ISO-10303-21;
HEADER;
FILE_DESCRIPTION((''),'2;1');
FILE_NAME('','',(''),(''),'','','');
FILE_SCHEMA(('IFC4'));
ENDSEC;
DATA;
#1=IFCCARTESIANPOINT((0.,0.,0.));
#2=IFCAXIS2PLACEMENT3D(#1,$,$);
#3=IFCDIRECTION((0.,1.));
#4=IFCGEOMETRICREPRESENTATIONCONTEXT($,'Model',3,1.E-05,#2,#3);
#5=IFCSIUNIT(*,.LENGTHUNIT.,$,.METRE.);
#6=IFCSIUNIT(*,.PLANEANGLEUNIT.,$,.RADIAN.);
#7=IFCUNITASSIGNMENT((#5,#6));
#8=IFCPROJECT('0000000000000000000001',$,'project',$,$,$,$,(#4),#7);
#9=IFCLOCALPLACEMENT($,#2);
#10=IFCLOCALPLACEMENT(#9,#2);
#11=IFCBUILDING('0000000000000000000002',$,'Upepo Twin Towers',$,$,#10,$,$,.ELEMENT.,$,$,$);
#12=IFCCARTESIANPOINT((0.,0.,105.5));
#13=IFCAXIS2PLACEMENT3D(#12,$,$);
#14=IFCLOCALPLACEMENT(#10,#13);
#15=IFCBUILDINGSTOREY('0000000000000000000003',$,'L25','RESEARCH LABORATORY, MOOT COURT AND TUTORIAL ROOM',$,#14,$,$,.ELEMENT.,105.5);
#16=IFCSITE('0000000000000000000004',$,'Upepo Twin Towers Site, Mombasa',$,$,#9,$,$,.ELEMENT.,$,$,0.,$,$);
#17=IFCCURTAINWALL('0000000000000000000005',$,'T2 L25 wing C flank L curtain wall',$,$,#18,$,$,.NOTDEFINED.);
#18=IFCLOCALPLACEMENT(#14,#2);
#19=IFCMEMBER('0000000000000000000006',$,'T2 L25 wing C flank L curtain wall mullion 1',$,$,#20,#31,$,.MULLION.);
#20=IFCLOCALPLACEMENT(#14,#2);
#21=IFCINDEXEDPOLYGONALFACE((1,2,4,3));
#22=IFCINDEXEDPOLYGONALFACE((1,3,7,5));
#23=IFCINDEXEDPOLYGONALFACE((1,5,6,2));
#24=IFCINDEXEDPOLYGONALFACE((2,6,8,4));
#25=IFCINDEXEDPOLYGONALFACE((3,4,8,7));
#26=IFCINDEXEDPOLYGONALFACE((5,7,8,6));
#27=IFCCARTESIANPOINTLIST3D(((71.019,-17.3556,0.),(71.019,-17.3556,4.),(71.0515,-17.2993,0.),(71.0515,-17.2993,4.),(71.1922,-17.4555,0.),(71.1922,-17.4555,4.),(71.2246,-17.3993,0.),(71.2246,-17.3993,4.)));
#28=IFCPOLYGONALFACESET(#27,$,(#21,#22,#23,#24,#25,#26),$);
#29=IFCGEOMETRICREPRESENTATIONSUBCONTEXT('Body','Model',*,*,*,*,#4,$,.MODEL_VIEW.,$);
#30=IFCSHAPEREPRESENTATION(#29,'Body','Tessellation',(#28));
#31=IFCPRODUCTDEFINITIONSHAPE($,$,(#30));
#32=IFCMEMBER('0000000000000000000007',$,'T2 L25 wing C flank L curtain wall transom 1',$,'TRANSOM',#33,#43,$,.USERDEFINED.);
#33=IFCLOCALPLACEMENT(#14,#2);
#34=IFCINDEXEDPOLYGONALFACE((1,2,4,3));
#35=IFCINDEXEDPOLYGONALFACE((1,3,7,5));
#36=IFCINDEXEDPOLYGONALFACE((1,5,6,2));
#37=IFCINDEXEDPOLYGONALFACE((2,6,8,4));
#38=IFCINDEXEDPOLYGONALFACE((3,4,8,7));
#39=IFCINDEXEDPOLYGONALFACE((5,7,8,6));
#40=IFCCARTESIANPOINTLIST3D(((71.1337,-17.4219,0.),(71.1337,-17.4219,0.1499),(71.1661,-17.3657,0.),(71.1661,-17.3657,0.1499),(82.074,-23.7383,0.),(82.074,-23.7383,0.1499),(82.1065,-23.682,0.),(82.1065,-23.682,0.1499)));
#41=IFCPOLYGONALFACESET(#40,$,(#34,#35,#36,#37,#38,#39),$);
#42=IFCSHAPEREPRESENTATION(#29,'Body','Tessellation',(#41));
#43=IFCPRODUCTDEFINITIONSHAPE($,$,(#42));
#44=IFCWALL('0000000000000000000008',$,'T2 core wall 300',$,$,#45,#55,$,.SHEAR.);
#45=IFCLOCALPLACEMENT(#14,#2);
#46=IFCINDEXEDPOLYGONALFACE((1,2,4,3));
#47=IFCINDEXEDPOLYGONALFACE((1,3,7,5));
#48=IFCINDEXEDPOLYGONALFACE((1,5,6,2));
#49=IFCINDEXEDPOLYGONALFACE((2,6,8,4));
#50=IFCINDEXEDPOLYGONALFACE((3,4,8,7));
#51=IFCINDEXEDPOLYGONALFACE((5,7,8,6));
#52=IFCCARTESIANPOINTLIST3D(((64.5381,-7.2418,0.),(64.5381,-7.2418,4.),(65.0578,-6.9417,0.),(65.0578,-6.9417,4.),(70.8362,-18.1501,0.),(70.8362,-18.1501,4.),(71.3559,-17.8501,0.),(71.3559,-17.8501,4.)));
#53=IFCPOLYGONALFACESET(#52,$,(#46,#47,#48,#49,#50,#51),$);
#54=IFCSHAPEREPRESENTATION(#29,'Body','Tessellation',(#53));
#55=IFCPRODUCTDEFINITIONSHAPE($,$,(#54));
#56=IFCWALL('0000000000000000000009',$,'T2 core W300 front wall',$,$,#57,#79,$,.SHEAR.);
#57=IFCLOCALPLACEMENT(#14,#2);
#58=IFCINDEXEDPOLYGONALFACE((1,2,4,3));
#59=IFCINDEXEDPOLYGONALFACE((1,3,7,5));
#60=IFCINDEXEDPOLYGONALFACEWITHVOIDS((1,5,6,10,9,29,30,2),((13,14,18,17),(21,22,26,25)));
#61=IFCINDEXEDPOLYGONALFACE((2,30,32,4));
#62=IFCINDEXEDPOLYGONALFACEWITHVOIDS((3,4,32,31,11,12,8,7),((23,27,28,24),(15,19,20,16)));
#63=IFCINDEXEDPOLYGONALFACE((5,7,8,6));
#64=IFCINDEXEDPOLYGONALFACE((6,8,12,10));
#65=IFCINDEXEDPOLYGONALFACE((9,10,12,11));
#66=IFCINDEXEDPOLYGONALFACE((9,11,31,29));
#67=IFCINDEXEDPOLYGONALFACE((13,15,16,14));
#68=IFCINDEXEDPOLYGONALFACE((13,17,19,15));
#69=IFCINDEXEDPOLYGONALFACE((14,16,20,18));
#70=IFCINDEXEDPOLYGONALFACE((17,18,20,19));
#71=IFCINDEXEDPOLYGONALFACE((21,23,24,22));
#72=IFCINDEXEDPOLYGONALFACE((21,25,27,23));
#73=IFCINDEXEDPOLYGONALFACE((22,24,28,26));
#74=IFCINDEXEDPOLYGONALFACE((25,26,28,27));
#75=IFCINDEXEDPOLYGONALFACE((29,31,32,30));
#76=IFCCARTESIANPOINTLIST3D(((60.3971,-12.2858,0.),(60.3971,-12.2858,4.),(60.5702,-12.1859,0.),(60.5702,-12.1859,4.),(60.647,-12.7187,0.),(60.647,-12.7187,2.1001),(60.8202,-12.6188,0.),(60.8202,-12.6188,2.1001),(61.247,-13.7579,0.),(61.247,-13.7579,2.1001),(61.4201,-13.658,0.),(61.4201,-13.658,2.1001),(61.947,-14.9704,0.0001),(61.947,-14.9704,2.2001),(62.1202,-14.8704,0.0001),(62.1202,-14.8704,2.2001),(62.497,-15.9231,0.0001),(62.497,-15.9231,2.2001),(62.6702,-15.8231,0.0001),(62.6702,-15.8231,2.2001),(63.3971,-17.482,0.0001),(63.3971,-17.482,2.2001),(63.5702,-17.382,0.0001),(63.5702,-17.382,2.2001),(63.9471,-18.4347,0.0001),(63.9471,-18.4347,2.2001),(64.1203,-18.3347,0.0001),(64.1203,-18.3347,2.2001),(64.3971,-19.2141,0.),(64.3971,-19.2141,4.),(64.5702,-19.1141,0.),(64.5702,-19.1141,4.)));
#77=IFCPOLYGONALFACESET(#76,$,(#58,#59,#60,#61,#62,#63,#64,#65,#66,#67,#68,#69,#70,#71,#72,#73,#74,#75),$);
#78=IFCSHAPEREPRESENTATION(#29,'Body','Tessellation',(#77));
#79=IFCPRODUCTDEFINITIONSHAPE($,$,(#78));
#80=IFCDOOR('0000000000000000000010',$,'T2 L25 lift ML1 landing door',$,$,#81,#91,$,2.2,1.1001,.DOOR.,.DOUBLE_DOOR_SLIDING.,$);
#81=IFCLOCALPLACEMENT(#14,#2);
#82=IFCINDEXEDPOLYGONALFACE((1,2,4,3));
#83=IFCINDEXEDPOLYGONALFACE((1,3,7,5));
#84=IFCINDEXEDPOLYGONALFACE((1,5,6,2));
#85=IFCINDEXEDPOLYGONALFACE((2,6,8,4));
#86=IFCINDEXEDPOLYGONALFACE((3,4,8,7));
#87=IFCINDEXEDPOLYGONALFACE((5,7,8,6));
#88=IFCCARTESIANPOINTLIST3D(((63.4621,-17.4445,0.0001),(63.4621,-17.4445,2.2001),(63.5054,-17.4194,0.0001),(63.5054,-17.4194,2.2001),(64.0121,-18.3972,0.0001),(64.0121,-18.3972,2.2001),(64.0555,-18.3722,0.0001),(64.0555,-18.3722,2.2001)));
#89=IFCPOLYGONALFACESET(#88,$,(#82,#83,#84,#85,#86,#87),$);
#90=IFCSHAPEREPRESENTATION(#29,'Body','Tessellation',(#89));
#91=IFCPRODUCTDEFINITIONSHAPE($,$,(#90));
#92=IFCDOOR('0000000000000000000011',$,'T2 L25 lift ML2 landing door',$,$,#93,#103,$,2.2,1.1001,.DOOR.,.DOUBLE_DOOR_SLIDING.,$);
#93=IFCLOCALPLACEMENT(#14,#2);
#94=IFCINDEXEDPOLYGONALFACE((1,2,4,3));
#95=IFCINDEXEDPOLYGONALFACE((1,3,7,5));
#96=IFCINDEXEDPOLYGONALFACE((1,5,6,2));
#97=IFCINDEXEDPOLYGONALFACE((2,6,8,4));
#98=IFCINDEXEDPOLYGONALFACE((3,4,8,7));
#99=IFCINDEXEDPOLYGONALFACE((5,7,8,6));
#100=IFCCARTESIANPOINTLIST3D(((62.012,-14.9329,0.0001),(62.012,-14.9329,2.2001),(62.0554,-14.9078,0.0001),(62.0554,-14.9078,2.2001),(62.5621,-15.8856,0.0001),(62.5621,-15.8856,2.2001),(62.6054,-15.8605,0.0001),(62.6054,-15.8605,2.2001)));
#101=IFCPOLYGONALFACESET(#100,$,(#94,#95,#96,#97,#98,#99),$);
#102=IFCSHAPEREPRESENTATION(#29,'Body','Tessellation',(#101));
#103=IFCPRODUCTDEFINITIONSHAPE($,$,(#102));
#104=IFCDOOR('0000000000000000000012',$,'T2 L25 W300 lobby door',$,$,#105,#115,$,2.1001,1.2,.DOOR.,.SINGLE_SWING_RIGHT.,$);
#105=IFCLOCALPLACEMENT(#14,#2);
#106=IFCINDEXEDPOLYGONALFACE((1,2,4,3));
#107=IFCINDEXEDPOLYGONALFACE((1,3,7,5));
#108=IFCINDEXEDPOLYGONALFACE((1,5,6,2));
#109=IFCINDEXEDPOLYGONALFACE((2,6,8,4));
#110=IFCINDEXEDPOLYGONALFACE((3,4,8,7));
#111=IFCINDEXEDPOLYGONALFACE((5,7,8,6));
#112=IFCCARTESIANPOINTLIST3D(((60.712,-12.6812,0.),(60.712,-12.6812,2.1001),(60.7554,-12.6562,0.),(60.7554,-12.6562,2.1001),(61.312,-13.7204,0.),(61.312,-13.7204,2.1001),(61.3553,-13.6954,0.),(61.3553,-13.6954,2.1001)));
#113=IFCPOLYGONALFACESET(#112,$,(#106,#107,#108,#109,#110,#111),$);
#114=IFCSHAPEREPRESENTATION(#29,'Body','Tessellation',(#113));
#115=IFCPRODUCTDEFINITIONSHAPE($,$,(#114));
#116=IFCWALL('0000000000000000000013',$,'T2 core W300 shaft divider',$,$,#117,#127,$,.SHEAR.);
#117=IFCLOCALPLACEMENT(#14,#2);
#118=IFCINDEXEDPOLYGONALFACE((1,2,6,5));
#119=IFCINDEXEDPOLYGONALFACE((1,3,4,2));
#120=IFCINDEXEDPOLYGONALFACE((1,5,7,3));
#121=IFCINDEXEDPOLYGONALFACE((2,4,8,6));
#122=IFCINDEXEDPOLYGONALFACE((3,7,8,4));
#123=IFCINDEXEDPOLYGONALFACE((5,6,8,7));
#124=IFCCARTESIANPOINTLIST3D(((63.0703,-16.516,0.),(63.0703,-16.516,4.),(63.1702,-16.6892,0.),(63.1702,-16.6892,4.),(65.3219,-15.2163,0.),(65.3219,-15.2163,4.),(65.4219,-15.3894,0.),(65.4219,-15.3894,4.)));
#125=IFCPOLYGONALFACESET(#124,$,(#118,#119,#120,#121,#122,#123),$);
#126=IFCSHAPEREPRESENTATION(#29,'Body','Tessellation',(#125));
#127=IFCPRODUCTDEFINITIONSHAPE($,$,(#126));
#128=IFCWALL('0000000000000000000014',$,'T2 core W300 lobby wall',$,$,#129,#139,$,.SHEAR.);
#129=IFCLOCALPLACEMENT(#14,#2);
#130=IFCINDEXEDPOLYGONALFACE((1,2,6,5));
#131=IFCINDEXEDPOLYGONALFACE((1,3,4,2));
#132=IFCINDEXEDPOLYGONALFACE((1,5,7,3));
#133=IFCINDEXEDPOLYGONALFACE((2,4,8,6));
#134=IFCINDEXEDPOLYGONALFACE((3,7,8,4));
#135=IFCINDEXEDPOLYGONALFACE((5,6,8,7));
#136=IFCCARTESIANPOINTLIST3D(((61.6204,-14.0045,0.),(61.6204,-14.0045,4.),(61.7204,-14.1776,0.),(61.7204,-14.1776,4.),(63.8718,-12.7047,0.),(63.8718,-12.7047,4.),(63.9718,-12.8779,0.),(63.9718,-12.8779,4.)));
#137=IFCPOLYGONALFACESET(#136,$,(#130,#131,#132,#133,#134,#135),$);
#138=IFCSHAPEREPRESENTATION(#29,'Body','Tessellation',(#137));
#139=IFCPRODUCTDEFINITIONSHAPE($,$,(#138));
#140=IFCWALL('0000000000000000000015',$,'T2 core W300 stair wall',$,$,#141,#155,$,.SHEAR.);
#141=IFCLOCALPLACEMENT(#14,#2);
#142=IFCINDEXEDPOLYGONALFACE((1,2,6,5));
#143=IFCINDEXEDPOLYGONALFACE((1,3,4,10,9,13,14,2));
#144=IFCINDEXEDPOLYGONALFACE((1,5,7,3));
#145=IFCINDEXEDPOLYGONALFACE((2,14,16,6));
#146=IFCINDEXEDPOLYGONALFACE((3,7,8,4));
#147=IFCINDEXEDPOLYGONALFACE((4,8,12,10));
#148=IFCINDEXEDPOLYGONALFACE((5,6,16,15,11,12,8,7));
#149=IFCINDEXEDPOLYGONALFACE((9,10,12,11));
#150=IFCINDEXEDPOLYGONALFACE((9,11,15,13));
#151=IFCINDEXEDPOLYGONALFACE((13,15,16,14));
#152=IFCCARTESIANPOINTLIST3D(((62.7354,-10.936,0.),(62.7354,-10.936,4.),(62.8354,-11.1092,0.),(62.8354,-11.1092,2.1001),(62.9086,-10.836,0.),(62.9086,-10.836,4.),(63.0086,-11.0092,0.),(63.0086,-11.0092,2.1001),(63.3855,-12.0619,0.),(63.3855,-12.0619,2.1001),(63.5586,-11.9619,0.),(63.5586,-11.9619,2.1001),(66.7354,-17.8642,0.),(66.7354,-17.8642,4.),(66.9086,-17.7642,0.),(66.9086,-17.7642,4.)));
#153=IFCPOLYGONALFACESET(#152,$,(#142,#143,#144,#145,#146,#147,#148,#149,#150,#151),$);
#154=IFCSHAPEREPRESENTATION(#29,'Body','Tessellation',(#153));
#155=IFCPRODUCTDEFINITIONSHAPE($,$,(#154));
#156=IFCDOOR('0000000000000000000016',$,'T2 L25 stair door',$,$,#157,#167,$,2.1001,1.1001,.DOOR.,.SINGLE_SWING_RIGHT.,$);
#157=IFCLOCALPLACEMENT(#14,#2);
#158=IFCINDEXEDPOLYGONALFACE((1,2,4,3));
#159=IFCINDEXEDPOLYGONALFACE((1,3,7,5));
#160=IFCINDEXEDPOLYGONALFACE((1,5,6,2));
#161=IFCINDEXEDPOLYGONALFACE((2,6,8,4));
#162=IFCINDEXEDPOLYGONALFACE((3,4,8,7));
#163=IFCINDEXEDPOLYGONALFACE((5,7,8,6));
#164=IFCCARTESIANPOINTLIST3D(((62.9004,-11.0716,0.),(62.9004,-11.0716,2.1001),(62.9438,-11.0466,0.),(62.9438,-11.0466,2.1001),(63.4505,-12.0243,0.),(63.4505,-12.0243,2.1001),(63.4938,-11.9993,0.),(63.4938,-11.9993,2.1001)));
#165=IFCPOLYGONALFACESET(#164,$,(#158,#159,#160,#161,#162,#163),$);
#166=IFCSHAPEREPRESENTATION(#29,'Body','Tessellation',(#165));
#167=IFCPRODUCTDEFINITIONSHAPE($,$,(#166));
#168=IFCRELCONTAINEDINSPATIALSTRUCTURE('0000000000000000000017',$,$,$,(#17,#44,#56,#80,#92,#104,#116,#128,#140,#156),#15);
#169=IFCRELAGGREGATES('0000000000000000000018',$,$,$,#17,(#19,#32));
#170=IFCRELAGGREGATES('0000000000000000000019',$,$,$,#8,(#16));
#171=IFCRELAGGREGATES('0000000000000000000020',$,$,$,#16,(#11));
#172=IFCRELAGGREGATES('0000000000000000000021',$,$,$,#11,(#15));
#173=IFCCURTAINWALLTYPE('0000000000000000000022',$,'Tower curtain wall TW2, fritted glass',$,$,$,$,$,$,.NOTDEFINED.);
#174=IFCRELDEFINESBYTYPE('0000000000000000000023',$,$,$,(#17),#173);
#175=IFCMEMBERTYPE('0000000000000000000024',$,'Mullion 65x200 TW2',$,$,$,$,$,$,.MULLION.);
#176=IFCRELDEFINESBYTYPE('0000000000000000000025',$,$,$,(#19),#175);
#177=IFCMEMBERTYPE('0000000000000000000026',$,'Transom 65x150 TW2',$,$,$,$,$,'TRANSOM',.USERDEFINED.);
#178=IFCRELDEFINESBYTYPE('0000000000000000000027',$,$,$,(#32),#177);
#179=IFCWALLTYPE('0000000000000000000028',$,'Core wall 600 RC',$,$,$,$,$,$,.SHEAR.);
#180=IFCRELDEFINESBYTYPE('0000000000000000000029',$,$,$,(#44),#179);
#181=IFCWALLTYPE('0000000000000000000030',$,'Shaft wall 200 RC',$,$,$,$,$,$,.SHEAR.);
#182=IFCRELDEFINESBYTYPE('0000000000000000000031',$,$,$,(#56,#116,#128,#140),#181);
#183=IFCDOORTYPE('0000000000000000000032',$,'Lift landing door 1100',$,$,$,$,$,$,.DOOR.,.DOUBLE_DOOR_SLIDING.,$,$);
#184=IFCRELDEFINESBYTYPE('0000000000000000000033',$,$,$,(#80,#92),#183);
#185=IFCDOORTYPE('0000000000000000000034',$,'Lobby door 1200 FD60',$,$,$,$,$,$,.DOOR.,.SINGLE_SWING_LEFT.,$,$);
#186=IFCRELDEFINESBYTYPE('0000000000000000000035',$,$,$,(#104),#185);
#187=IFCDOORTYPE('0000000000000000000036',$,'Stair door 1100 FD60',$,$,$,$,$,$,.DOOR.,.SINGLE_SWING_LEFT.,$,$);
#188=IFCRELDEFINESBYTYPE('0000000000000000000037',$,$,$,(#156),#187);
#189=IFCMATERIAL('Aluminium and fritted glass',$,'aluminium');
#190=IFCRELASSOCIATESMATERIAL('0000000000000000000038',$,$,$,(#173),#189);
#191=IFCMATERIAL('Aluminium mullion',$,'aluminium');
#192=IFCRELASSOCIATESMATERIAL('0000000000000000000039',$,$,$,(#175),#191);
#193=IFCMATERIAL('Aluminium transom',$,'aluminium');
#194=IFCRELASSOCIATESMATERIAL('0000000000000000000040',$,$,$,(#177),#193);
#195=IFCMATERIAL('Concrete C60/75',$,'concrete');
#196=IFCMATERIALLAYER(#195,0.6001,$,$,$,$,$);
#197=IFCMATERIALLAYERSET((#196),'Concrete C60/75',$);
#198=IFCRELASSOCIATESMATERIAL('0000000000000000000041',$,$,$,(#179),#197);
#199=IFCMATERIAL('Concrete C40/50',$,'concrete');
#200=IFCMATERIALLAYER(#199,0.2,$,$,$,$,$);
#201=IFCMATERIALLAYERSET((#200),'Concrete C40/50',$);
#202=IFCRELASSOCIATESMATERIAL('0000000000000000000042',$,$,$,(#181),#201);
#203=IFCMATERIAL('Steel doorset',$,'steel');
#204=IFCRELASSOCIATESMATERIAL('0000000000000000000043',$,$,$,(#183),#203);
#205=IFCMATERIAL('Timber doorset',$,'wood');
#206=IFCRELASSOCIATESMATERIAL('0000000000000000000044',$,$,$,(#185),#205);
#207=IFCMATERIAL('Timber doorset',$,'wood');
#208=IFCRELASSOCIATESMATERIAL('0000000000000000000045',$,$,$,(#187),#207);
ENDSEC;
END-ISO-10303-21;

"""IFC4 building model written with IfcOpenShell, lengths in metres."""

from ifc_helpers import new_model, si_unit, direction, frame, frame_2d, origin, origin_2d, place, context, subcontext, project, spatial, rectangle, extrude, material, layer, layer_set, material_profile, profile_set, type_object, element, fill, aggregate, save


model = new_model("IFC4")

# Units and contexts
model_context = context("Model", 3, precision=1e-05, world=origin(), true_north=direction((0.0, 1.0)))
body_context = subcontext(model_context, "Body", "Model", "MODEL_VIEW")
ifc_project = project(units=[si_unit("LENGTHUNIT", "METRE"), si_unit("PLANEANGLEUNIT", "RADIAN")], contexts=[model_context])

# Site, building, storey
site_placement = place(None, origin())
site = spatial("IfcSite", under=ifc_project, at=site_placement, Name="Upepo Twin Towers Site, Mombasa", CompositionType="ELEMENT", RefElevation=0.0)
building_placement = place(site_placement, origin())
building = spatial("IfcBuilding", under=site, at=building_placement, Name="Upepo Twin Towers", CompositionType="ELEMENT")
storey_placement = place(building_placement, frame((0.0, 0.0, 105.5)))
storey = spatial("IfcBuildingStorey", under=building, at=storey_placement, Name="L25", Description="RESEARCH LABORATORY, MOOT COURT AND TUTORIAL ROOM", CompositionType="ELEMENT", Elevation=105.5)

# Curtain wall, members
ifc_material_1 = material(Name="Aluminium and fritted glass", Category="aluminium")
curtain_wall_type = type_object("IfcCurtainWallType", Name="Tower curtain wall TW2, fritted glass", PredefinedType="NOTDEFINED", material=ifc_material_1)
curtain_wall_placement = place(storey_placement, origin())
curtain_wall = element("IfcCurtainWall", 1, at=curtain_wall_placement, inside=storey, type_object=curtain_wall_type, Name="T2 L25 wing C flank L curtain wall", PredefinedType="NOTDEFINED")
ifc_material_2 = material(Name="Aluminium mullion", Category="aluminium")
ifc_material_profile_1 = material_profile(ifc_material_2, rectangle(XDim=0.0649, YDim=0.2, at=origin_2d()), Name="MULLION 65x200")
ifc_profile_set_1 = profile_set([ifc_material_profile_1], Name="Aluminium mullion")
member_type_1 = type_object("IfcMemberType", Name="Mullion 65x200 TW2", PredefinedType="MULLION", material=ifc_profile_set_1)
member_1_placement = place(storey_placement, frame((71.1218, -17.3774, 0.0), z_axis=(0.0, 0.0, 1.0), x_axis=(0.5, 0.866025, 0.0)))
member_1 = element("IfcMember", 2, at=member_1_placement, type_object=member_type_1, Name="T2 L25 wing C flank L curtain wall mullion 1", PredefinedType="MULLION", context=body_context, shape_type="SweptSolid", body=[
    extrude(rectangle(XDim=0.0649, YDim=0.2, at=origin_2d()), origin(), (0.0, 0.0, 1.0), 4.0),
])
ifc_material_3 = material(Name="Aluminium transom", Category="aluminium")
ifc_material_profile_2 = material_profile(ifc_material_3, rectangle(XDim=0.0649, YDim=0.1499, at=origin_2d()), Name="TRANSOM 65x150")
ifc_profile_set_2 = profile_set([ifc_material_profile_2], Name="Aluminium transom")
member_type_2 = type_object("IfcMemberType", Name="Transom 65x150 TW2", ElementType="TRANSOM", PredefinedType="USERDEFINED", material=ifc_profile_set_2)
member_2_placement = place(storey_placement, frame((71.1499, -17.3938, 0.075), z_axis=(0.866027, -0.499997, 0.0), x_axis=(0.499997, 0.866027, 0.0)))
member_2 = element("IfcMember", 3, at=member_2_placement, type_object=member_type_2, Name="T2 L25 wing C flank L curtain wall transom 1", ObjectType="TRANSOM", PredefinedType="USERDEFINED", context=body_context, shape_type="SweptSolid", body=[
    extrude(rectangle(XDim=0.0649, YDim=0.1499, at=origin_2d()), origin(), (0.0, 0.0, 1.0), 12.6328),
])
aggregate(curtain_wall, [member_1, member_2])

# Wall
ifc_material_4 = material(Name="Concrete C60/75", Category="concrete")
ifc_layer_1 = layer(ifc_material_4, 0.6001)
ifc_layer_set_1 = layer_set([ifc_layer_1], Name="Concrete C60/75")
wall_type_1 = type_object("IfcWallType", Name="Core wall 600 RC", PredefinedType="SHEAR", material=ifc_layer_set_1)
wall_1_placement = place(storey_placement, frame((71.0959, -18.0, 0.0), z_axis=(0.0, 0.0, 1.0), x_axis=(-0.500006, 0.866022, 0.0)))
element("IfcWall", 4, at=wall_1_placement, inside=storey, type_object=wall_type_1, Name="T2 core wall 300", PredefinedType="SHEAR", context=body_context, shape_type="SweptSolid", body=[
    extrude(rectangle(XDim=12.5959, YDim=0.6001, at=frame_2d((6.2979, 0.0))), origin(), (0.0, 0.0, 1.0), 4.0),
])

# Wall, openings, doors
ifc_material_5 = material(Name="Concrete C40/50", Category="concrete")
ifc_layer_2 = layer(ifc_material_5, 0.2)
ifc_layer_set_2 = layer_set([ifc_layer_2], Name="Concrete C40/50")
wall_type_2 = type_object("IfcWallType", Name="Shaft wall 200 RC", PredefinedType="SHEAR", material=ifc_layer_set_2)
wall_2_placement = place(storey_placement, frame((64.4836, -19.1641, 0.0), z_axis=(0.0, 0.0, 1.0), x_axis=(-0.499999, 0.866026, 0.0)))
wall_2 = element("IfcWall", 5, at=wall_2_placement, inside=storey, type_object=wall_type_2, Name="T2 core W300 front wall", PredefinedType="SHEAR", context=body_context, shape_type="SweptSolid", body=[
    extrude(rectangle(XDim=8.0, YDim=0.2, at=frame_2d((4.0, 0.0))), origin(), (0.0, 0.0, 1.0), 4.0),
])
opening_1_placement = place(wall_2_placement, frame((6.3, 0.0, 0.0)))
opening_1 = element("IfcOpeningElement", 6, at=opening_1_placement, cuts=wall_2, PredefinedType="OPENING", context=body_context, shape_type="SweptSolid", body=[
    extrude(rectangle(XDim=1.2, YDim=2.1001, at=frame_2d((0.6001, 1.05))), frame((0.0, 0.1099, 0.0), z_axis=(0.0, -1.0, 0.0), x_axis=(1.0, 0.0, 0.0)), (0.0, 0.0, 1.0), 0.22),
])
opening_2_placement = place(wall_2_placement, frame((0.8999, 0.0, 0.0)))
opening_2 = element("IfcOpeningElement", 7, at=opening_2_placement, cuts=wall_2, PredefinedType="OPENING", context=body_context, shape_type="SweptSolid", body=[
    extrude(rectangle(XDim=1.1001, YDim=2.2, at=frame_2d((0.55, 1.1001))), frame((0.0, 0.1099, 0.0), z_axis=(0.0, -1.0, 0.0), x_axis=(1.0, 0.0, 0.0)), (0.0, 0.0, 1.0), 0.22),
])
opening_3_placement = place(wall_2_placement, frame((3.8, 0.0, 0.0)))
opening_3 = element("IfcOpeningElement", 8, at=opening_3_placement, cuts=wall_2, PredefinedType="OPENING", context=body_context, shape_type="SweptSolid", body=[
    extrude(rectangle(XDim=1.1001, YDim=2.2, at=frame_2d((0.55, 1.1001))), frame((0.0, 0.1099, 0.0), z_axis=(0.0, -1.0, 0.0), x_axis=(1.0, 0.0, 0.0)), (0.0, 0.0, 1.0), 0.22),
])
ifc_material_6 = material(Name="Steel doorset", Category="steel")
door_type_1 = type_object("IfcDoorType", Name="Lift landing door 1100", OperationType="DOUBLE_DOOR_SLIDING", PredefinedType="DOOR", material=ifc_material_6)
door_1_placement = place(opening_2_placement, origin())
door_1 = element("IfcDoor", 9, at=door_1_placement, inside=storey, type_object=door_type_1, Name="T2 L25 lift ML1 landing door", OperationType="DOUBLE_DOOR_SLIDING", OverallHeight=2.2, OverallWidth=1.1001, PredefinedType="DOOR", context=body_context, shape_type="SweptSolid", body=[
    extrude(rectangle(XDim=1.1001, YDim=2.2, at=frame_2d((0.55, 1.1001))), frame((0.0, 0.0249, 0.0), z_axis=(0.0, -1.0, 0.0), x_axis=(1.0, 0.0, 0.0)), (0.0, 0.0, 1.0), 0.05),
])
fill(opening_2, door_1)
door_2_placement = place(opening_3_placement, origin())
door_2 = element("IfcDoor", 10, at=door_2_placement, inside=storey, type_object=door_type_1, Name="T2 L25 lift ML2 landing door", OperationType="DOUBLE_DOOR_SLIDING", OverallHeight=2.2, OverallWidth=1.1001, PredefinedType="DOOR", context=body_context, shape_type="SweptSolid", body=[
    extrude(rectangle(XDim=1.1001, YDim=2.2, at=frame_2d((0.55, 1.1001))), frame((0.0, 0.0249, 0.0), z_axis=(0.0, -1.0, 0.0), x_axis=(1.0, 0.0, 0.0)), (0.0, 0.0, 1.0), 0.05),
])
fill(opening_3, door_2)
ifc_material_7 = material(Name="Timber doorset", Category="wood")
door_type_2 = type_object("IfcDoorType", Name="Lobby door 1200 FD60", OperationType="SINGLE_SWING_LEFT", PredefinedType="DOOR", material=ifc_material_7)
door_3_placement = place(opening_1_placement, origin())
door_3 = element("IfcDoor", 11, at=door_3_placement, inside=storey, type_object=door_type_2, Name="T2 L25 W300 lobby door", OperationType="SINGLE_SWING_RIGHT", OverallHeight=2.1001, OverallWidth=1.2, PredefinedType="DOOR", context=body_context, shape_type="SweptSolid", body=[
    extrude(rectangle(XDim=1.2, YDim=2.1001, at=frame_2d((0.6001, 1.05))), frame((0.0, 0.0249, 0.0), z_axis=(0.0, -1.0, 0.0), x_axis=(1.0, 0.0, 0.0)), (0.0, 0.0, 1.0), 0.05),
])
fill(opening_1, door_3)

# Walls
wall_3_placement = place(storey_placement, frame((63.1204, -16.6025, 0.0), z_axis=(0.0, 0.0, 1.0), x_axis=(0.866062, 0.499937, 0.0)))
element("IfcWall", 12, at=wall_3_placement, inside=storey, type_object=wall_type_2, Name="T2 core W300 shaft divider", PredefinedType="SHEAR", context=body_context, shape_type="SweptSolid", body=[
    extrude(rectangle(XDim=2.5999, YDim=0.2, at=frame_2d((1.2998, 0.0))), origin(), (0.0, 0.0, 1.0), 4.0),
])
wall_4_placement = place(storey_placement, frame((61.6704, -14.0911, 0.0), z_axis=(0.0, 0.0, 1.0), x_axis=(0.866039, 0.499977, 0.0)))
element("IfcWall", 13, at=wall_4_placement, inside=storey, type_object=wall_type_2, Name="T2 core W300 lobby wall", PredefinedType="SHEAR", context=body_context, shape_type="SweptSolid", body=[
    extrude(rectangle(XDim=2.5996, YDim=0.2, at=frame_2d((1.2998, 0.0))), origin(), (0.0, 0.0, 1.0), 4.0),
])

# Wall, opening, door
wall_5_placement = place(storey_placement, frame((66.822, -17.8142, 0.0), z_axis=(0.0, 0.0, 1.0), x_axis=(-0.499999, 0.866026, 0.0)))
wall_5 = element("IfcWall", 14, at=wall_5_placement, inside=storey, type_object=wall_type_2, Name="T2 core W300 stair wall", PredefinedType="SHEAR", context=body_context, shape_type="SweptSolid", body=[
    extrude(rectangle(XDim=8.0, YDim=0.2, at=frame_2d((4.0, 0.0))), origin(), (0.0, 0.0, 1.0), 4.0),
])
opening_4_placement = place(wall_5_placement, frame((6.7, 0.0, 0.0)))
opening_4 = element("IfcOpeningElement", 15, at=opening_4_placement, cuts=wall_5, PredefinedType="OPENING", context=body_context, shape_type="SweptSolid", body=[
    extrude(rectangle(XDim=1.1001, YDim=2.1001, at=frame_2d((0.55, 1.05))), frame((0.0, 0.1099, 0.0), z_axis=(0.0, -1.0, 0.0), x_axis=(1.0, 0.0, 0.0)), (0.0, 0.0, 1.0), 0.22),
])
ifc_material_8 = material(Name="Timber doorset", Category="wood")
door_type_3 = type_object("IfcDoorType", Name="Stair door 1100 FD60", OperationType="SINGLE_SWING_LEFT", PredefinedType="DOOR", material=ifc_material_8)
door_4_placement = place(opening_4_placement, origin())
door_4 = element("IfcDoor", 16, at=door_4_placement, inside=storey, type_object=door_type_3, Name="T2 L25 stair door", OperationType="SINGLE_SWING_RIGHT", OverallHeight=2.1001, OverallWidth=1.1001, PredefinedType="DOOR", context=body_context, shape_type="SweptSolid", body=[
    extrude(rectangle(XDim=1.1001, YDim=2.1001, at=frame_2d((0.55, 1.05))), frame((0.0, 0.0249, 0.0), z_axis=(0.0, -1.0, 0.0), x_axis=(1.0, 0.0, 0.0)), (0.0, 0.0, 1.0), 0.05),
])
fill(opening_4, door_4)

save(model, "model.ifc")
